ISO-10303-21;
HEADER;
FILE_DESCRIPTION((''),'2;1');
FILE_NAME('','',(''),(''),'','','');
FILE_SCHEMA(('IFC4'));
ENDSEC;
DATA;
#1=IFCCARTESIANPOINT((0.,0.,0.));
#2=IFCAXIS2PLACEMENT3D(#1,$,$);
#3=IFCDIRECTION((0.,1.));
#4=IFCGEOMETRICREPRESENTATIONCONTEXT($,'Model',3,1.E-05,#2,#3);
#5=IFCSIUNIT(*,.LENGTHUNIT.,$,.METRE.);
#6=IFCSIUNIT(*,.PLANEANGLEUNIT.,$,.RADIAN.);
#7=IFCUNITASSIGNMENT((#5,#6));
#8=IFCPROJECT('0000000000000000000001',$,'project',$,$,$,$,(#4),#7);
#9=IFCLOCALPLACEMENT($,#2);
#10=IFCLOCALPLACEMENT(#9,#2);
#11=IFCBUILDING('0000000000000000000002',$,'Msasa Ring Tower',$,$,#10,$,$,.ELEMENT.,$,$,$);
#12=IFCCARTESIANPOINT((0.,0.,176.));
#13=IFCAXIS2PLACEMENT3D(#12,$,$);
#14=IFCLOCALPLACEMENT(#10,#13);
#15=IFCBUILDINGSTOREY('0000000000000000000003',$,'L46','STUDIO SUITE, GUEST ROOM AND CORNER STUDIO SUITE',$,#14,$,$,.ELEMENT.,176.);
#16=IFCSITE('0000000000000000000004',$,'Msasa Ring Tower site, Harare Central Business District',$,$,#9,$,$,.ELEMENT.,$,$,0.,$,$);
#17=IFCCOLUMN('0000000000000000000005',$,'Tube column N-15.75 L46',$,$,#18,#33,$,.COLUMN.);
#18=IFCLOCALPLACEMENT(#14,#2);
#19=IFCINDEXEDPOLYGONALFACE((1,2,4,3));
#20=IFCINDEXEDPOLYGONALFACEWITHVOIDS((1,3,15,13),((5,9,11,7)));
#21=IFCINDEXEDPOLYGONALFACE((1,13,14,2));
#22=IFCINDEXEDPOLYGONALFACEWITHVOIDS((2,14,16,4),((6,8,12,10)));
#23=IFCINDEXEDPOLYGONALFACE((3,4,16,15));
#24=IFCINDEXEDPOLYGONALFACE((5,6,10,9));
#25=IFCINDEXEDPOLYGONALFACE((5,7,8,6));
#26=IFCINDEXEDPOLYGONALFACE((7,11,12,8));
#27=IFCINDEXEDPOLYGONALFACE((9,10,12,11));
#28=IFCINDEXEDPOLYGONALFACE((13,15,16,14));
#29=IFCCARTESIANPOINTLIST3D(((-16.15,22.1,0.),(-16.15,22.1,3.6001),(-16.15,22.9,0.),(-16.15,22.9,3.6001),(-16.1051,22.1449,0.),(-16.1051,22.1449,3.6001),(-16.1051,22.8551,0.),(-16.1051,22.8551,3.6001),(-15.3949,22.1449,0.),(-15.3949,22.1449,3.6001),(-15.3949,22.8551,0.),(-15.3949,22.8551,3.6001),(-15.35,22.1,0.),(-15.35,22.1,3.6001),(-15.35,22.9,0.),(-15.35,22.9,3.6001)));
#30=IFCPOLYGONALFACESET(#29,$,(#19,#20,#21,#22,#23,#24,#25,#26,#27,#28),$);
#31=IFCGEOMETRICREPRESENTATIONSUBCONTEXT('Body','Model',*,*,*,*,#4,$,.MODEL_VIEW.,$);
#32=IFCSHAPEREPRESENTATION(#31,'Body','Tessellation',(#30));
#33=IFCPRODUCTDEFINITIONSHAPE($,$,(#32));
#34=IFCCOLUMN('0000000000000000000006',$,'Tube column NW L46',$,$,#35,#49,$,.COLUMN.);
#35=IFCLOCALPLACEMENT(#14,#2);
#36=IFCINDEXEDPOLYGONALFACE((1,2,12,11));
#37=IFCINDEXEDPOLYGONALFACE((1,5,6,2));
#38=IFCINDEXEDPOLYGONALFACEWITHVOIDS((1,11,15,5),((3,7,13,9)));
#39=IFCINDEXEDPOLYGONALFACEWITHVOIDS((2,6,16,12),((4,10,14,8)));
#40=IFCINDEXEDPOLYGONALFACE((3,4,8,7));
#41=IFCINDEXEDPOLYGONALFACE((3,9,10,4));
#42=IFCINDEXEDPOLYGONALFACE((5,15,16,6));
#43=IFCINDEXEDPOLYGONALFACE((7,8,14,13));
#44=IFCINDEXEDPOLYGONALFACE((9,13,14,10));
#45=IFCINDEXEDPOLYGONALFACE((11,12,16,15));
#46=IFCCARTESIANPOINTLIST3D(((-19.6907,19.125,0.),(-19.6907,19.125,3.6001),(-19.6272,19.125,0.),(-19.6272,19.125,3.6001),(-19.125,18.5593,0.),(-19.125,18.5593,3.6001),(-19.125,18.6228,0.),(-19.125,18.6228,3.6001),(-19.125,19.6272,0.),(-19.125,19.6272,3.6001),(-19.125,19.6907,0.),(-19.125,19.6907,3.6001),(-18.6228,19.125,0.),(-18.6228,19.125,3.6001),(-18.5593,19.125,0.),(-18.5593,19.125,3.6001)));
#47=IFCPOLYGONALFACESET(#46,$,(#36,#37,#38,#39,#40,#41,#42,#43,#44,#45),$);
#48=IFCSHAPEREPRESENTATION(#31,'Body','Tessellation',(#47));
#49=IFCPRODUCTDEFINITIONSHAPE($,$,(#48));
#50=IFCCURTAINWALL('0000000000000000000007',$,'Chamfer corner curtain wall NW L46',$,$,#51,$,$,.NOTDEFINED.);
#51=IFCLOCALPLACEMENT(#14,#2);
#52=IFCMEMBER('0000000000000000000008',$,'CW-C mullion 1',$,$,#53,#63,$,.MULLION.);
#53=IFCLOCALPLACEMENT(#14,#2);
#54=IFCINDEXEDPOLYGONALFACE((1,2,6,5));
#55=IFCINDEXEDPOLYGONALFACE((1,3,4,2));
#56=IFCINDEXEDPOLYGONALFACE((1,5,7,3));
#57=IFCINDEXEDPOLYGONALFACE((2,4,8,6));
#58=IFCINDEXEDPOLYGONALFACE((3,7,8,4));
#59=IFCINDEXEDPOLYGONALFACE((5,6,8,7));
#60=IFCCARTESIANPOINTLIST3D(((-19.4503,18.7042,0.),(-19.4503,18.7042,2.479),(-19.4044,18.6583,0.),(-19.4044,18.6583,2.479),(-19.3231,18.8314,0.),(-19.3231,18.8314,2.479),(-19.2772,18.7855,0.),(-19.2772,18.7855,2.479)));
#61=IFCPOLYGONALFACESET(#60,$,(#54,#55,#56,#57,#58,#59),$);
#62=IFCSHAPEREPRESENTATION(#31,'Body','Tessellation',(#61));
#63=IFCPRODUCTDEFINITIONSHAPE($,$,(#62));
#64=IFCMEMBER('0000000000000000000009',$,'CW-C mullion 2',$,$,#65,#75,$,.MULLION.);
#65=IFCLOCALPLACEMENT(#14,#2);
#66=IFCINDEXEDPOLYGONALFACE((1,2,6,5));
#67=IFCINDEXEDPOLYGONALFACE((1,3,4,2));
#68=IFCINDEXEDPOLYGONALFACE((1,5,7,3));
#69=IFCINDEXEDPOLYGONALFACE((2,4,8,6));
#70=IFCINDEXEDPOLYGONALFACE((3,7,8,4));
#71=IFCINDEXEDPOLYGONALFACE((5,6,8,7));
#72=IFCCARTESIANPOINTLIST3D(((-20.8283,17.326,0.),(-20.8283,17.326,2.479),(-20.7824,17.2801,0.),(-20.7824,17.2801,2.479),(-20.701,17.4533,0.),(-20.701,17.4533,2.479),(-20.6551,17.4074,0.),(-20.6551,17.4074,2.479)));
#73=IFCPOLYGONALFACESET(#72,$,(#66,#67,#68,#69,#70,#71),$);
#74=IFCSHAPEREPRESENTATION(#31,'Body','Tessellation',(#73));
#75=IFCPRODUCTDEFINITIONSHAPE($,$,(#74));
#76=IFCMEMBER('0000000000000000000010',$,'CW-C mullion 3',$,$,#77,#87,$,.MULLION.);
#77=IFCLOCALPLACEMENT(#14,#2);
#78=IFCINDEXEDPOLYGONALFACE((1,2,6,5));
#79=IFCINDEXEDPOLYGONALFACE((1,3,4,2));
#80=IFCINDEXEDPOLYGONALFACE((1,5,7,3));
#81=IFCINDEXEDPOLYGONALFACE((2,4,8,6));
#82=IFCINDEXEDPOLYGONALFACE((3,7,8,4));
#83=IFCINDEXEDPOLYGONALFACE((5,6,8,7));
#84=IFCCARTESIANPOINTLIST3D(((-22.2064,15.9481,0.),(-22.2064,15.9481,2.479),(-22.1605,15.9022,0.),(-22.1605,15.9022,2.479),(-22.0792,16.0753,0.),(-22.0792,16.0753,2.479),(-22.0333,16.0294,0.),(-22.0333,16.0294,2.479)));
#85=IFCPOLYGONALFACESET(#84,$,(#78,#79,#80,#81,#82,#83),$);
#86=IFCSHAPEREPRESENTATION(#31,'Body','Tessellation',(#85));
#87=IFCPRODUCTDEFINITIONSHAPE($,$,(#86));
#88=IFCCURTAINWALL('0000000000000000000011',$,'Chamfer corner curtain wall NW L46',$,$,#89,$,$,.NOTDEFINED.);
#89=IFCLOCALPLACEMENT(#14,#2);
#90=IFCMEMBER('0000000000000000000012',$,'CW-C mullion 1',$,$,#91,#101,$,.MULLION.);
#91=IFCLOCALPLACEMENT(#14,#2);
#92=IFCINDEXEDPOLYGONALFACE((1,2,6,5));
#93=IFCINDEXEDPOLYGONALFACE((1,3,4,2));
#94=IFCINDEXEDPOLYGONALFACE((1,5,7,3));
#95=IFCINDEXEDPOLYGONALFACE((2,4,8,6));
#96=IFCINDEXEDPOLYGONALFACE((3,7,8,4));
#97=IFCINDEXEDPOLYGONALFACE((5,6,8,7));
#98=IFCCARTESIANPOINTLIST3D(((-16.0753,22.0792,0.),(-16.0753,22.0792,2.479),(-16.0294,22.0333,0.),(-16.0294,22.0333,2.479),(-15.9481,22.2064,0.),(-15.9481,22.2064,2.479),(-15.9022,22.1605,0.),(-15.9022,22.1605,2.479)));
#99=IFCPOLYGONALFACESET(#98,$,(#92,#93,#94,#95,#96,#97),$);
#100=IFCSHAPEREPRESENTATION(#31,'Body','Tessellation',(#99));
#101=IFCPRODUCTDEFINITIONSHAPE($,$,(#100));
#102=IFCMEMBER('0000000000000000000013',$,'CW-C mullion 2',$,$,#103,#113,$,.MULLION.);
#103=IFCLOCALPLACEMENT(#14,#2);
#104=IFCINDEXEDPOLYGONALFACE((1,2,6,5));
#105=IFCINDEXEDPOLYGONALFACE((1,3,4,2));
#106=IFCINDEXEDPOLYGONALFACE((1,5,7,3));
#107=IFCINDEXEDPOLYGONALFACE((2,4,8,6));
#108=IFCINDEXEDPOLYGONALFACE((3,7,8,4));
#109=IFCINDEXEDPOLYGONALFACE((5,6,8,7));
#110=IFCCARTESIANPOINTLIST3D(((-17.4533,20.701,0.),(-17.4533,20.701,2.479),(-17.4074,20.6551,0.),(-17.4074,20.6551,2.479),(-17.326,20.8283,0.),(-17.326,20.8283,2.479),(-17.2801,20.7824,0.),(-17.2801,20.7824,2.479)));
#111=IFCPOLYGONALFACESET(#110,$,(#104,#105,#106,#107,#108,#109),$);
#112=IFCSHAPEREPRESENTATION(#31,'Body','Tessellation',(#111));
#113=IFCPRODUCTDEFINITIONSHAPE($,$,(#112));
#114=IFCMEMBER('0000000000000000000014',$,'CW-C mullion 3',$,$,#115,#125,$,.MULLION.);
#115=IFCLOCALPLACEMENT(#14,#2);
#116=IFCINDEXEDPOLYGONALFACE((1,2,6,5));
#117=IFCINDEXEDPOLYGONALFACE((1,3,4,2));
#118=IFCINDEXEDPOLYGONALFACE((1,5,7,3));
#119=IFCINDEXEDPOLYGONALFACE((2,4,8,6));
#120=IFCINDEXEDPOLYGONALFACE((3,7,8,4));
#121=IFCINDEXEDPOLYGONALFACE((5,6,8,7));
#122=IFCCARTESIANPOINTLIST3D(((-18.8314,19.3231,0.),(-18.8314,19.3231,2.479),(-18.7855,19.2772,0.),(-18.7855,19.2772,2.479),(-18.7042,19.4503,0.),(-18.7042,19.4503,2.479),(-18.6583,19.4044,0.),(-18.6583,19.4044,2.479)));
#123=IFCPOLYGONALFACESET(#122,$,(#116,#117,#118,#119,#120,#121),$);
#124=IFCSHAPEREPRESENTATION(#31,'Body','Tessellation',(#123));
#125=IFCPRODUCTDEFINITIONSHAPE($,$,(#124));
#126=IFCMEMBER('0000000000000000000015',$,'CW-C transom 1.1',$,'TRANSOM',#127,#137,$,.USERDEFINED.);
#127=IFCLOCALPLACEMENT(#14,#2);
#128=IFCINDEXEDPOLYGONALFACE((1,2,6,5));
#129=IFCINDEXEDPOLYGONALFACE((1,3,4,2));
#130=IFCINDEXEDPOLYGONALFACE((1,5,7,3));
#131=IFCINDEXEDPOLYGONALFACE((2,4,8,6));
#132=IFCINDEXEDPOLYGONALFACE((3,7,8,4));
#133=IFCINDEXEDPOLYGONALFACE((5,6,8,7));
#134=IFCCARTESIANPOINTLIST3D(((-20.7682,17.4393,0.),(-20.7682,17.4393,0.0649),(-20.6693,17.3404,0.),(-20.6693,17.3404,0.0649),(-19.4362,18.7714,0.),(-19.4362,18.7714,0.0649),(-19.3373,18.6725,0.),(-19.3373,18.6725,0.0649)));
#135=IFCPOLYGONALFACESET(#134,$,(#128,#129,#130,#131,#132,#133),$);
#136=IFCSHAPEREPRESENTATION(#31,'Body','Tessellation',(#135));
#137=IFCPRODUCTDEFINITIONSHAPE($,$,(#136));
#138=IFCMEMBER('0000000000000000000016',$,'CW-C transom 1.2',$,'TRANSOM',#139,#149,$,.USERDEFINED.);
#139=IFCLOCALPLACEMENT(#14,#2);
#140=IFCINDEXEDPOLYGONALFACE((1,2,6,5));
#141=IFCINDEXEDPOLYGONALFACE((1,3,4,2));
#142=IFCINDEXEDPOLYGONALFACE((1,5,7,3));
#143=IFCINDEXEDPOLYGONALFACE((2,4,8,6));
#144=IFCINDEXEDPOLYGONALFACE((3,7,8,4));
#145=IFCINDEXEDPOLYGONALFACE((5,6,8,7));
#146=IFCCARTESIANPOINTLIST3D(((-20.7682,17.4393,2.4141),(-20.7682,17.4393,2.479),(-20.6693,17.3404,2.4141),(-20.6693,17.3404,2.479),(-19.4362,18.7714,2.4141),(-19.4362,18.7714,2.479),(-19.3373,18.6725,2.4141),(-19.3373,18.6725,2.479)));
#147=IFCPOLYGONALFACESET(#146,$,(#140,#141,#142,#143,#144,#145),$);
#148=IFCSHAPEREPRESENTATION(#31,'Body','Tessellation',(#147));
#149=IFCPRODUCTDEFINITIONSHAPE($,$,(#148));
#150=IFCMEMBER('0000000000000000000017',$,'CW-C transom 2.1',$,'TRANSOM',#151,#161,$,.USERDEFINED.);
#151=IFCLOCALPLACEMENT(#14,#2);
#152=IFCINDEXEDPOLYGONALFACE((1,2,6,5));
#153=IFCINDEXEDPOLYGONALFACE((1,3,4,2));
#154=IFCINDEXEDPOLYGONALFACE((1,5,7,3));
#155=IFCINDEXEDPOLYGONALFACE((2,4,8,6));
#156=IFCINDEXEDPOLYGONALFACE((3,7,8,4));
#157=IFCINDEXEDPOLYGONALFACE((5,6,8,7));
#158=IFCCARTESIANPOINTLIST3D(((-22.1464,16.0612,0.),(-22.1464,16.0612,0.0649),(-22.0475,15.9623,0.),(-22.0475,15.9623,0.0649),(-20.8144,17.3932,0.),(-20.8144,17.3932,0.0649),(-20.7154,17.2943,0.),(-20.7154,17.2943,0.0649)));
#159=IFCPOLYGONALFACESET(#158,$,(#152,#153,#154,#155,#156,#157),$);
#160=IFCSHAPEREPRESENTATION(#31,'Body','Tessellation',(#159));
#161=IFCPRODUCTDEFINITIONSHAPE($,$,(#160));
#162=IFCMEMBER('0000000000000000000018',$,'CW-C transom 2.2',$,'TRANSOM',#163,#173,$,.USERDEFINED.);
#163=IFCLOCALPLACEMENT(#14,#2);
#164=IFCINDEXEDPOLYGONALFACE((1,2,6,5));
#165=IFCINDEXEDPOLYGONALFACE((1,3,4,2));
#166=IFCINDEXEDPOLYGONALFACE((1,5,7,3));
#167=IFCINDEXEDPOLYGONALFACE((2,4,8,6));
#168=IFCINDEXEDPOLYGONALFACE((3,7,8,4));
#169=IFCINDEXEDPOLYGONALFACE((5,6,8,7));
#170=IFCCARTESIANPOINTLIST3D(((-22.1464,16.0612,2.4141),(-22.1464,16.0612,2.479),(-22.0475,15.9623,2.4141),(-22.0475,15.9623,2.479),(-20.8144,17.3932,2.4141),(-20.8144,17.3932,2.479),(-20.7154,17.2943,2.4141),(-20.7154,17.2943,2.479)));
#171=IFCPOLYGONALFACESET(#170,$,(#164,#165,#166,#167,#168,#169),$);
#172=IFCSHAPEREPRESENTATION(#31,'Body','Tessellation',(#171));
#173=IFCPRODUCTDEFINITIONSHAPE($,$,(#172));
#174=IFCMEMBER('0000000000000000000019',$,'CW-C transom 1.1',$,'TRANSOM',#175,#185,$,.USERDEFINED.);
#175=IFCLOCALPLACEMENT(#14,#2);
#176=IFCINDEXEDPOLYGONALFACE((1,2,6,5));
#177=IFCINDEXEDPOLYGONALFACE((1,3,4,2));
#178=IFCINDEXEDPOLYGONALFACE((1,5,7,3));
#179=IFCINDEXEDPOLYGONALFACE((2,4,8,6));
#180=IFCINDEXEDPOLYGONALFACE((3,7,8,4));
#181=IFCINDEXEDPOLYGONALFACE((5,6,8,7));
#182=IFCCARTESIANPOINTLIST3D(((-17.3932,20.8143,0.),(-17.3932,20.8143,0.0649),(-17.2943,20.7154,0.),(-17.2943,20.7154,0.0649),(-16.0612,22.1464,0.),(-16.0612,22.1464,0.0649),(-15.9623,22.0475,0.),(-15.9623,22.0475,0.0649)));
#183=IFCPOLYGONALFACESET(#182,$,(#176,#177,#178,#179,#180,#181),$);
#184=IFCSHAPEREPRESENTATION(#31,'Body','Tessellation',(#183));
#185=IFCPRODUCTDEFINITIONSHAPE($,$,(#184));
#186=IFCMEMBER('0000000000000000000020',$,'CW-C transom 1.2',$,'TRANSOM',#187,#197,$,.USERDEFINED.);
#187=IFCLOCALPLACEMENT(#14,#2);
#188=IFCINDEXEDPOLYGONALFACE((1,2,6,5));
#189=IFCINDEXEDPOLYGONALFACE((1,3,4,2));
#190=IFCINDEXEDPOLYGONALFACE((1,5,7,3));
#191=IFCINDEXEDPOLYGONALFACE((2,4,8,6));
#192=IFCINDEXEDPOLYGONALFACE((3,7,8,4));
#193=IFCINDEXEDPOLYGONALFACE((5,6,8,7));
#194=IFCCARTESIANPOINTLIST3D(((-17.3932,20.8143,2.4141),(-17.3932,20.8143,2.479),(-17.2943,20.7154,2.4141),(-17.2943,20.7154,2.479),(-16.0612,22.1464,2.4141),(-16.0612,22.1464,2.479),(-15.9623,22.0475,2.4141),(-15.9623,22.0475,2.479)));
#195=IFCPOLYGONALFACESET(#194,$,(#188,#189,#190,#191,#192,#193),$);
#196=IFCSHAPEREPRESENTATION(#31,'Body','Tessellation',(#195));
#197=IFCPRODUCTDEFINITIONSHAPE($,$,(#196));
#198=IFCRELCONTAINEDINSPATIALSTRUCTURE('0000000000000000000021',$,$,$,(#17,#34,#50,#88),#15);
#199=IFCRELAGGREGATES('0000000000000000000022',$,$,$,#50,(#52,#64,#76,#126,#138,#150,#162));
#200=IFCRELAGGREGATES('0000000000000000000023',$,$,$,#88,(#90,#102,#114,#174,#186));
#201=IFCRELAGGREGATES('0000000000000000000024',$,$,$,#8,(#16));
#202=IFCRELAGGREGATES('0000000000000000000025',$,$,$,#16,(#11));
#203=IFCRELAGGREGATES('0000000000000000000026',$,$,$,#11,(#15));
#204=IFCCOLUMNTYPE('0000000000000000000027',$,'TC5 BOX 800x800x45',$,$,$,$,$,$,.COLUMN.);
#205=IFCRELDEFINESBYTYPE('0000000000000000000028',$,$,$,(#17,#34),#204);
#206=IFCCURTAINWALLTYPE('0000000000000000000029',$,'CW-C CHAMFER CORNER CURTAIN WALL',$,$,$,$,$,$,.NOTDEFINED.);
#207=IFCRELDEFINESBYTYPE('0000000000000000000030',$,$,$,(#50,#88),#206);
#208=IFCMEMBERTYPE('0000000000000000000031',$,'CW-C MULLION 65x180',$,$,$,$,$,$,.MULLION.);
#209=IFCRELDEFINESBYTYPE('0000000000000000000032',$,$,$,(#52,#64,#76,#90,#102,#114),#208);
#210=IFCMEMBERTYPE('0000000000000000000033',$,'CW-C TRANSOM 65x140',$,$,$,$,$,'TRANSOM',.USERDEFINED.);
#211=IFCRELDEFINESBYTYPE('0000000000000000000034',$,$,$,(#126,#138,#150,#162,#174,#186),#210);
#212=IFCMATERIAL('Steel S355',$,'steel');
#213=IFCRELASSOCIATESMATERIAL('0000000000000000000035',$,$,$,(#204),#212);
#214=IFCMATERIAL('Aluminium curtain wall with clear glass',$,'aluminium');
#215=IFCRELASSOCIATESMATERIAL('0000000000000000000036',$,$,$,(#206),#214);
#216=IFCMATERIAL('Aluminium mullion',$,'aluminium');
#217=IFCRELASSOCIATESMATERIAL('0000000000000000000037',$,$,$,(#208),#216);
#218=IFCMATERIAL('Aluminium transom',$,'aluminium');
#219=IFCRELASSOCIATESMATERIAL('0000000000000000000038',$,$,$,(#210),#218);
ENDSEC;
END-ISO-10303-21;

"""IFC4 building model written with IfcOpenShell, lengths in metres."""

from ifc_helpers import new_model, si_unit, direction, frame, origin, origin_2d, place, context, subcontext, project, spatial, rectangle, hollow_rectangle, extrude, material, material_profile, profile_set, type_object, element, aggregate, save


model = new_model("IFC4")

# Units and contexts
model_context = context("Model", 3, precision=1e-05, world=origin(), true_north=direction((0.0, 1.0)))
body_context = subcontext(model_context, "Body", "Model", "MODEL_VIEW")
ifc_project = project(units=[si_unit("LENGTHUNIT", "METRE"), si_unit("PLANEANGLEUNIT", "RADIAN")], contexts=[model_context])

# Site, building, storey
site_placement = place(None, origin())
site = spatial("IfcSite", under=ifc_project, at=site_placement, Name="Msasa Ring Tower site, Harare Central Business District", CompositionType="ELEMENT", RefElevation=0.0)
building_placement = place(site_placement, origin())
building = spatial("IfcBuilding", under=site, at=building_placement, Name="Msasa Ring Tower", CompositionType="ELEMENT")
storey_placement = place(building_placement, frame((0.0, 0.0, 176.0)))
storey = spatial("IfcBuildingStorey", under=building, at=storey_placement, Name="L46", Description="STUDIO SUITE, GUEST ROOM AND CORNER STUDIO SUITE", CompositionType="ELEMENT", Elevation=176.0)

# Columns
ifc_material_1 = material(Name="Steel S355", Category="steel")
ifc_material_profile_1 = material_profile(ifc_material_1, hollow_rectangle(XDim=0.8, YDim=0.8, WallThickness=0.0449, at=origin_2d()), Name="BOX 800x800x45")
ifc_profile_set_1 = profile_set([ifc_material_profile_1], Name="Steel S355")
column_type = type_object("IfcColumnType", Name="TC5 BOX 800x800x45", PredefinedType="COLUMN", material=ifc_profile_set_1)
for number, where, z_axis, x_axis, name in (
    (1, (-15.75, 22.5, 0.0), (0.0, 0.0, 1.0), (0.0, 1.0, 0.0), "Tube column N-15.75 L46"),
    (2, (-19.125, 19.125, 0.0), (0.0, 0.0, 1.0), (0.707107, -0.707107, 0.0), "Tube column NW L46"),
):
    element("IfcColumn", number, at=place(storey_placement, frame(where, z_axis=z_axis, x_axis=x_axis)), inside=storey, type_object=column_type, Name=name, PredefinedType="COLUMN", context=body_context, shape_type="SweptSolid", body=[
        extrude(hollow_rectangle(XDim=0.8, YDim=0.8, WallThickness=0.0449, at=origin_2d()), origin(), (0.0, 0.0, 1.0), 3.6001),
    ])

# Curtain walls, members
ifc_material_2 = material(Name="Aluminium curtain wall with clear glass", Category="aluminium")
curtain_wall_type = type_object("IfcCurtainWallType", Name="CW-C CHAMFER CORNER CURTAIN WALL", PredefinedType="NOTDEFINED", material=ifc_material_2)
curtain_wall_1_placement = place(storey_placement, origin())
curtain_wall_1 = element("IfcCurtainWall", 3, at=curtain_wall_1_placement, inside=storey, type_object=curtain_wall_type, Name="Chamfer corner curtain wall NW L46", PredefinedType="NOTDEFINED")
ifc_material_3 = material(Name="Aluminium mullion", Category="aluminium")
ifc_material_profile_2 = material_profile(ifc_material_3, rectangle(XDim=0.0649, YDim=0.1799, at=origin_2d()), Name="AL 65x180")
ifc_profile_set_2 = profile_set([ifc_material_profile_2], Name="Aluminium mullion")
member_type_1 = type_object("IfcMemberType", Name="CW-C MULLION 65x180", PredefinedType="MULLION", material=ifc_profile_set_2)
member_1_placement = place(storey_placement, frame((-19.3638, 18.7449, 0.0), z_axis=(0.0, 0.0, 1.0), x_axis=(0.707107, -0.707107, 0.0)))
member_1 = element("IfcMember", 4, at=member_1_placement, type_object=member_type_1, Name="CW-C mullion 1", PredefinedType="MULLION", context=body_context, shape_type="SweptSolid", body=[
    extrude(rectangle(XDim=0.0649, YDim=0.1799, at=origin_2d()), origin(), (0.0, 0.0, 1.0), 2.479),
])
member_2_placement = place(storey_placement, frame((-20.7417, 17.3667, 0.0), z_axis=(0.0, 0.0, 1.0), x_axis=(0.707107, -0.707107, 0.0)))
member_2 = element("IfcMember", 5, at=member_2_placement, type_object=member_type_1, Name="CW-C mullion 2", PredefinedType="MULLION", context=body_context, shape_type="SweptSolid", body=[
    extrude(rectangle(XDim=0.0649, YDim=0.1799, at=origin_2d()), origin(), (0.0, 0.0, 1.0), 2.479),
])
member_3_placement = place(storey_placement, frame((-22.1199, 15.9888, 0.0), z_axis=(0.0, 0.0, 1.0), x_axis=(0.707107, -0.707107, 0.0)))
member_3 = element("IfcMember", 6, at=member_3_placement, type_object=member_type_1, Name="CW-C mullion 3", PredefinedType="MULLION", context=body_context, shape_type="SweptSolid", body=[
    extrude(rectangle(XDim=0.0649, YDim=0.1799, at=origin_2d()), origin(), (0.0, 0.0, 1.0), 2.479),
])
curtain_wall_2_placement = place(storey_placement, origin())
curtain_wall_2 = element("IfcCurtainWall", 7, at=curtain_wall_2_placement, inside=storey, type_object=curtain_wall_type, Name="Chamfer corner curtain wall NW L46", PredefinedType="NOTDEFINED")
member_4_placement = place(storey_placement, frame((-15.9888, 22.1199, 0.0), z_axis=(0.0, 0.0, 1.0), x_axis=(0.707107, -0.707107, 0.0)))
member_4 = element("IfcMember", 8, at=member_4_placement, type_object=member_type_1, Name="CW-C mullion 1", PredefinedType="MULLION", context=body_context, shape_type="SweptSolid", body=[
    extrude(rectangle(XDim=0.0649, YDim=0.1799, at=origin_2d()), origin(), (0.0, 0.0, 1.0), 2.479),
])
member_5_placement = place(storey_placement, frame((-17.3667, 20.7417, 0.0), z_axis=(0.0, 0.0, 1.0), x_axis=(0.707107, -0.707107, 0.0)))
member_5 = element("IfcMember", 9, at=member_5_placement, type_object=member_type_1, Name="CW-C mullion 2", PredefinedType="MULLION", context=body_context, shape_type="SweptSolid", body=[
    extrude(rectangle(XDim=0.0649, YDim=0.1799, at=origin_2d()), origin(), (0.0, 0.0, 1.0), 2.479),
])
member_6_placement = place(storey_placement, frame((-18.7449, 19.3638, 0.0), z_axis=(0.0, 0.0, 1.0), x_axis=(0.707107, -0.707107, 0.0)))
member_6 = element("IfcMember", 10, at=member_6_placement, type_object=member_type_1, Name="CW-C mullion 3", PredefinedType="MULLION", context=body_context, shape_type="SweptSolid", body=[
    extrude(rectangle(XDim=0.0649, YDim=0.1799, at=origin_2d()), origin(), (0.0, 0.0, 1.0), 2.479),
])

# Members
ifc_material_4 = material(Name="Aluminium transom", Category="aluminium")
ifc_material_profile_3 = material_profile(ifc_material_4, rectangle(XDim=0.1399, YDim=0.0649, at=origin_2d()), Name="AL 65x140")
ifc_profile_set_3 = profile_set([ifc_material_profile_3], Name="Aluminium transom")
member_type_2 = type_object("IfcMemberType", Name="CW-C TRANSOM 65x140", ElementType="TRANSOM", PredefinedType="USERDEFINED", material=ifc_profile_set_3)
member_7_placement = place(storey_placement, frame((-19.3867, 18.7219, 0.0325), z_axis=(-0.707107, -0.707107, 0.0), x_axis=(0.707107, -0.707107, 0.0)))
member_7 = element("IfcMember", 11, at=member_7_placement, type_object=member_type_2, Name="CW-C transom 1.1", ObjectType="TRANSOM", PredefinedType="USERDEFINED", context=body_context, shape_type="SweptSolid", body=[
    extrude(rectangle(XDim=0.1399, YDim=0.0649, at=origin_2d()), origin(), (0.0, 0.0, 1.0), 1.8838),
])
member_8_placement = place(storey_placement, frame((-19.3867, 18.7219, 2.4465), z_axis=(-0.707107, -0.707107, 0.0), x_axis=(0.707107, -0.707107, 0.0)))
member_8 = element("IfcMember", 12, at=member_8_placement, type_object=member_type_2, Name="CW-C transom 1.2", ObjectType="TRANSOM", PredefinedType="USERDEFINED", context=body_context, shape_type="SweptSolid", body=[
    extrude(rectangle(XDim=0.1399, YDim=0.0649, at=origin_2d()), origin(), (0.0, 0.0, 1.0), 1.8838),
])
member_9_placement = place(storey_placement, frame((-20.7649, 17.3438, 0.0325), z_axis=(-0.707107, -0.707107, 0.0), x_axis=(0.707107, -0.707107, 0.0)))
member_9 = element("IfcMember", 13, at=member_9_placement, type_object=member_type_2, Name="CW-C transom 2.1", ObjectType="TRANSOM", PredefinedType="USERDEFINED", context=body_context, shape_type="SweptSolid", body=[
    extrude(rectangle(XDim=0.1399, YDim=0.0649, at=origin_2d()), origin(), (0.0, 0.0, 1.0), 1.8838),
])
member_10_placement = place(storey_placement, frame((-20.7649, 17.3438, 2.4465), z_axis=(-0.707107, -0.707107, 0.0), x_axis=(0.707107, -0.707107, 0.0)))
member_10 = element("IfcMember", 14, at=member_10_placement, type_object=member_type_2, Name="CW-C transom 2.2", ObjectType="TRANSOM", PredefinedType="USERDEFINED", context=body_context, shape_type="SweptSolid", body=[
    extrude(rectangle(XDim=0.1399, YDim=0.0649, at=origin_2d()), origin(), (0.0, 0.0, 1.0), 1.8838),
])
member_11_placement = place(storey_placement, frame((-16.0117, 22.0969, 0.0325), z_axis=(-0.707107, -0.707107, 0.0), x_axis=(0.707107, -0.707107, 0.0)))
member_11 = element("IfcMember", 15, at=member_11_placement, type_object=member_type_2, Name="CW-C transom 1.1", ObjectType="TRANSOM", PredefinedType="USERDEFINED", context=body_context, shape_type="SweptSolid", body=[
    extrude(rectangle(XDim=0.1399, YDim=0.0649, at=origin_2d()), origin(), (0.0, 0.0, 1.0), 1.8838),
])
member_12_placement = place(storey_placement, frame((-16.0117, 22.0969, 2.4465), z_axis=(-0.707107, -0.707107, 0.0), x_axis=(0.707107, -0.707107, 0.0)))
member_12 = element("IfcMember", 16, at=member_12_placement, type_object=member_type_2, Name="CW-C transom 1.2", ObjectType="TRANSOM", PredefinedType="USERDEFINED", context=body_context, shape_type="SweptSolid", body=[
    extrude(rectangle(XDim=0.1399, YDim=0.0649, at=origin_2d()), origin(), (0.0, 0.0, 1.0), 1.8838),
])

aggregate(curtain_wall_1, [member_1, member_2, member_3, member_7, member_8, member_9, member_10])
aggregate(curtain_wall_2, [member_4, member_5, member_6, member_11, member_12])

save(model, "model.ifc")
